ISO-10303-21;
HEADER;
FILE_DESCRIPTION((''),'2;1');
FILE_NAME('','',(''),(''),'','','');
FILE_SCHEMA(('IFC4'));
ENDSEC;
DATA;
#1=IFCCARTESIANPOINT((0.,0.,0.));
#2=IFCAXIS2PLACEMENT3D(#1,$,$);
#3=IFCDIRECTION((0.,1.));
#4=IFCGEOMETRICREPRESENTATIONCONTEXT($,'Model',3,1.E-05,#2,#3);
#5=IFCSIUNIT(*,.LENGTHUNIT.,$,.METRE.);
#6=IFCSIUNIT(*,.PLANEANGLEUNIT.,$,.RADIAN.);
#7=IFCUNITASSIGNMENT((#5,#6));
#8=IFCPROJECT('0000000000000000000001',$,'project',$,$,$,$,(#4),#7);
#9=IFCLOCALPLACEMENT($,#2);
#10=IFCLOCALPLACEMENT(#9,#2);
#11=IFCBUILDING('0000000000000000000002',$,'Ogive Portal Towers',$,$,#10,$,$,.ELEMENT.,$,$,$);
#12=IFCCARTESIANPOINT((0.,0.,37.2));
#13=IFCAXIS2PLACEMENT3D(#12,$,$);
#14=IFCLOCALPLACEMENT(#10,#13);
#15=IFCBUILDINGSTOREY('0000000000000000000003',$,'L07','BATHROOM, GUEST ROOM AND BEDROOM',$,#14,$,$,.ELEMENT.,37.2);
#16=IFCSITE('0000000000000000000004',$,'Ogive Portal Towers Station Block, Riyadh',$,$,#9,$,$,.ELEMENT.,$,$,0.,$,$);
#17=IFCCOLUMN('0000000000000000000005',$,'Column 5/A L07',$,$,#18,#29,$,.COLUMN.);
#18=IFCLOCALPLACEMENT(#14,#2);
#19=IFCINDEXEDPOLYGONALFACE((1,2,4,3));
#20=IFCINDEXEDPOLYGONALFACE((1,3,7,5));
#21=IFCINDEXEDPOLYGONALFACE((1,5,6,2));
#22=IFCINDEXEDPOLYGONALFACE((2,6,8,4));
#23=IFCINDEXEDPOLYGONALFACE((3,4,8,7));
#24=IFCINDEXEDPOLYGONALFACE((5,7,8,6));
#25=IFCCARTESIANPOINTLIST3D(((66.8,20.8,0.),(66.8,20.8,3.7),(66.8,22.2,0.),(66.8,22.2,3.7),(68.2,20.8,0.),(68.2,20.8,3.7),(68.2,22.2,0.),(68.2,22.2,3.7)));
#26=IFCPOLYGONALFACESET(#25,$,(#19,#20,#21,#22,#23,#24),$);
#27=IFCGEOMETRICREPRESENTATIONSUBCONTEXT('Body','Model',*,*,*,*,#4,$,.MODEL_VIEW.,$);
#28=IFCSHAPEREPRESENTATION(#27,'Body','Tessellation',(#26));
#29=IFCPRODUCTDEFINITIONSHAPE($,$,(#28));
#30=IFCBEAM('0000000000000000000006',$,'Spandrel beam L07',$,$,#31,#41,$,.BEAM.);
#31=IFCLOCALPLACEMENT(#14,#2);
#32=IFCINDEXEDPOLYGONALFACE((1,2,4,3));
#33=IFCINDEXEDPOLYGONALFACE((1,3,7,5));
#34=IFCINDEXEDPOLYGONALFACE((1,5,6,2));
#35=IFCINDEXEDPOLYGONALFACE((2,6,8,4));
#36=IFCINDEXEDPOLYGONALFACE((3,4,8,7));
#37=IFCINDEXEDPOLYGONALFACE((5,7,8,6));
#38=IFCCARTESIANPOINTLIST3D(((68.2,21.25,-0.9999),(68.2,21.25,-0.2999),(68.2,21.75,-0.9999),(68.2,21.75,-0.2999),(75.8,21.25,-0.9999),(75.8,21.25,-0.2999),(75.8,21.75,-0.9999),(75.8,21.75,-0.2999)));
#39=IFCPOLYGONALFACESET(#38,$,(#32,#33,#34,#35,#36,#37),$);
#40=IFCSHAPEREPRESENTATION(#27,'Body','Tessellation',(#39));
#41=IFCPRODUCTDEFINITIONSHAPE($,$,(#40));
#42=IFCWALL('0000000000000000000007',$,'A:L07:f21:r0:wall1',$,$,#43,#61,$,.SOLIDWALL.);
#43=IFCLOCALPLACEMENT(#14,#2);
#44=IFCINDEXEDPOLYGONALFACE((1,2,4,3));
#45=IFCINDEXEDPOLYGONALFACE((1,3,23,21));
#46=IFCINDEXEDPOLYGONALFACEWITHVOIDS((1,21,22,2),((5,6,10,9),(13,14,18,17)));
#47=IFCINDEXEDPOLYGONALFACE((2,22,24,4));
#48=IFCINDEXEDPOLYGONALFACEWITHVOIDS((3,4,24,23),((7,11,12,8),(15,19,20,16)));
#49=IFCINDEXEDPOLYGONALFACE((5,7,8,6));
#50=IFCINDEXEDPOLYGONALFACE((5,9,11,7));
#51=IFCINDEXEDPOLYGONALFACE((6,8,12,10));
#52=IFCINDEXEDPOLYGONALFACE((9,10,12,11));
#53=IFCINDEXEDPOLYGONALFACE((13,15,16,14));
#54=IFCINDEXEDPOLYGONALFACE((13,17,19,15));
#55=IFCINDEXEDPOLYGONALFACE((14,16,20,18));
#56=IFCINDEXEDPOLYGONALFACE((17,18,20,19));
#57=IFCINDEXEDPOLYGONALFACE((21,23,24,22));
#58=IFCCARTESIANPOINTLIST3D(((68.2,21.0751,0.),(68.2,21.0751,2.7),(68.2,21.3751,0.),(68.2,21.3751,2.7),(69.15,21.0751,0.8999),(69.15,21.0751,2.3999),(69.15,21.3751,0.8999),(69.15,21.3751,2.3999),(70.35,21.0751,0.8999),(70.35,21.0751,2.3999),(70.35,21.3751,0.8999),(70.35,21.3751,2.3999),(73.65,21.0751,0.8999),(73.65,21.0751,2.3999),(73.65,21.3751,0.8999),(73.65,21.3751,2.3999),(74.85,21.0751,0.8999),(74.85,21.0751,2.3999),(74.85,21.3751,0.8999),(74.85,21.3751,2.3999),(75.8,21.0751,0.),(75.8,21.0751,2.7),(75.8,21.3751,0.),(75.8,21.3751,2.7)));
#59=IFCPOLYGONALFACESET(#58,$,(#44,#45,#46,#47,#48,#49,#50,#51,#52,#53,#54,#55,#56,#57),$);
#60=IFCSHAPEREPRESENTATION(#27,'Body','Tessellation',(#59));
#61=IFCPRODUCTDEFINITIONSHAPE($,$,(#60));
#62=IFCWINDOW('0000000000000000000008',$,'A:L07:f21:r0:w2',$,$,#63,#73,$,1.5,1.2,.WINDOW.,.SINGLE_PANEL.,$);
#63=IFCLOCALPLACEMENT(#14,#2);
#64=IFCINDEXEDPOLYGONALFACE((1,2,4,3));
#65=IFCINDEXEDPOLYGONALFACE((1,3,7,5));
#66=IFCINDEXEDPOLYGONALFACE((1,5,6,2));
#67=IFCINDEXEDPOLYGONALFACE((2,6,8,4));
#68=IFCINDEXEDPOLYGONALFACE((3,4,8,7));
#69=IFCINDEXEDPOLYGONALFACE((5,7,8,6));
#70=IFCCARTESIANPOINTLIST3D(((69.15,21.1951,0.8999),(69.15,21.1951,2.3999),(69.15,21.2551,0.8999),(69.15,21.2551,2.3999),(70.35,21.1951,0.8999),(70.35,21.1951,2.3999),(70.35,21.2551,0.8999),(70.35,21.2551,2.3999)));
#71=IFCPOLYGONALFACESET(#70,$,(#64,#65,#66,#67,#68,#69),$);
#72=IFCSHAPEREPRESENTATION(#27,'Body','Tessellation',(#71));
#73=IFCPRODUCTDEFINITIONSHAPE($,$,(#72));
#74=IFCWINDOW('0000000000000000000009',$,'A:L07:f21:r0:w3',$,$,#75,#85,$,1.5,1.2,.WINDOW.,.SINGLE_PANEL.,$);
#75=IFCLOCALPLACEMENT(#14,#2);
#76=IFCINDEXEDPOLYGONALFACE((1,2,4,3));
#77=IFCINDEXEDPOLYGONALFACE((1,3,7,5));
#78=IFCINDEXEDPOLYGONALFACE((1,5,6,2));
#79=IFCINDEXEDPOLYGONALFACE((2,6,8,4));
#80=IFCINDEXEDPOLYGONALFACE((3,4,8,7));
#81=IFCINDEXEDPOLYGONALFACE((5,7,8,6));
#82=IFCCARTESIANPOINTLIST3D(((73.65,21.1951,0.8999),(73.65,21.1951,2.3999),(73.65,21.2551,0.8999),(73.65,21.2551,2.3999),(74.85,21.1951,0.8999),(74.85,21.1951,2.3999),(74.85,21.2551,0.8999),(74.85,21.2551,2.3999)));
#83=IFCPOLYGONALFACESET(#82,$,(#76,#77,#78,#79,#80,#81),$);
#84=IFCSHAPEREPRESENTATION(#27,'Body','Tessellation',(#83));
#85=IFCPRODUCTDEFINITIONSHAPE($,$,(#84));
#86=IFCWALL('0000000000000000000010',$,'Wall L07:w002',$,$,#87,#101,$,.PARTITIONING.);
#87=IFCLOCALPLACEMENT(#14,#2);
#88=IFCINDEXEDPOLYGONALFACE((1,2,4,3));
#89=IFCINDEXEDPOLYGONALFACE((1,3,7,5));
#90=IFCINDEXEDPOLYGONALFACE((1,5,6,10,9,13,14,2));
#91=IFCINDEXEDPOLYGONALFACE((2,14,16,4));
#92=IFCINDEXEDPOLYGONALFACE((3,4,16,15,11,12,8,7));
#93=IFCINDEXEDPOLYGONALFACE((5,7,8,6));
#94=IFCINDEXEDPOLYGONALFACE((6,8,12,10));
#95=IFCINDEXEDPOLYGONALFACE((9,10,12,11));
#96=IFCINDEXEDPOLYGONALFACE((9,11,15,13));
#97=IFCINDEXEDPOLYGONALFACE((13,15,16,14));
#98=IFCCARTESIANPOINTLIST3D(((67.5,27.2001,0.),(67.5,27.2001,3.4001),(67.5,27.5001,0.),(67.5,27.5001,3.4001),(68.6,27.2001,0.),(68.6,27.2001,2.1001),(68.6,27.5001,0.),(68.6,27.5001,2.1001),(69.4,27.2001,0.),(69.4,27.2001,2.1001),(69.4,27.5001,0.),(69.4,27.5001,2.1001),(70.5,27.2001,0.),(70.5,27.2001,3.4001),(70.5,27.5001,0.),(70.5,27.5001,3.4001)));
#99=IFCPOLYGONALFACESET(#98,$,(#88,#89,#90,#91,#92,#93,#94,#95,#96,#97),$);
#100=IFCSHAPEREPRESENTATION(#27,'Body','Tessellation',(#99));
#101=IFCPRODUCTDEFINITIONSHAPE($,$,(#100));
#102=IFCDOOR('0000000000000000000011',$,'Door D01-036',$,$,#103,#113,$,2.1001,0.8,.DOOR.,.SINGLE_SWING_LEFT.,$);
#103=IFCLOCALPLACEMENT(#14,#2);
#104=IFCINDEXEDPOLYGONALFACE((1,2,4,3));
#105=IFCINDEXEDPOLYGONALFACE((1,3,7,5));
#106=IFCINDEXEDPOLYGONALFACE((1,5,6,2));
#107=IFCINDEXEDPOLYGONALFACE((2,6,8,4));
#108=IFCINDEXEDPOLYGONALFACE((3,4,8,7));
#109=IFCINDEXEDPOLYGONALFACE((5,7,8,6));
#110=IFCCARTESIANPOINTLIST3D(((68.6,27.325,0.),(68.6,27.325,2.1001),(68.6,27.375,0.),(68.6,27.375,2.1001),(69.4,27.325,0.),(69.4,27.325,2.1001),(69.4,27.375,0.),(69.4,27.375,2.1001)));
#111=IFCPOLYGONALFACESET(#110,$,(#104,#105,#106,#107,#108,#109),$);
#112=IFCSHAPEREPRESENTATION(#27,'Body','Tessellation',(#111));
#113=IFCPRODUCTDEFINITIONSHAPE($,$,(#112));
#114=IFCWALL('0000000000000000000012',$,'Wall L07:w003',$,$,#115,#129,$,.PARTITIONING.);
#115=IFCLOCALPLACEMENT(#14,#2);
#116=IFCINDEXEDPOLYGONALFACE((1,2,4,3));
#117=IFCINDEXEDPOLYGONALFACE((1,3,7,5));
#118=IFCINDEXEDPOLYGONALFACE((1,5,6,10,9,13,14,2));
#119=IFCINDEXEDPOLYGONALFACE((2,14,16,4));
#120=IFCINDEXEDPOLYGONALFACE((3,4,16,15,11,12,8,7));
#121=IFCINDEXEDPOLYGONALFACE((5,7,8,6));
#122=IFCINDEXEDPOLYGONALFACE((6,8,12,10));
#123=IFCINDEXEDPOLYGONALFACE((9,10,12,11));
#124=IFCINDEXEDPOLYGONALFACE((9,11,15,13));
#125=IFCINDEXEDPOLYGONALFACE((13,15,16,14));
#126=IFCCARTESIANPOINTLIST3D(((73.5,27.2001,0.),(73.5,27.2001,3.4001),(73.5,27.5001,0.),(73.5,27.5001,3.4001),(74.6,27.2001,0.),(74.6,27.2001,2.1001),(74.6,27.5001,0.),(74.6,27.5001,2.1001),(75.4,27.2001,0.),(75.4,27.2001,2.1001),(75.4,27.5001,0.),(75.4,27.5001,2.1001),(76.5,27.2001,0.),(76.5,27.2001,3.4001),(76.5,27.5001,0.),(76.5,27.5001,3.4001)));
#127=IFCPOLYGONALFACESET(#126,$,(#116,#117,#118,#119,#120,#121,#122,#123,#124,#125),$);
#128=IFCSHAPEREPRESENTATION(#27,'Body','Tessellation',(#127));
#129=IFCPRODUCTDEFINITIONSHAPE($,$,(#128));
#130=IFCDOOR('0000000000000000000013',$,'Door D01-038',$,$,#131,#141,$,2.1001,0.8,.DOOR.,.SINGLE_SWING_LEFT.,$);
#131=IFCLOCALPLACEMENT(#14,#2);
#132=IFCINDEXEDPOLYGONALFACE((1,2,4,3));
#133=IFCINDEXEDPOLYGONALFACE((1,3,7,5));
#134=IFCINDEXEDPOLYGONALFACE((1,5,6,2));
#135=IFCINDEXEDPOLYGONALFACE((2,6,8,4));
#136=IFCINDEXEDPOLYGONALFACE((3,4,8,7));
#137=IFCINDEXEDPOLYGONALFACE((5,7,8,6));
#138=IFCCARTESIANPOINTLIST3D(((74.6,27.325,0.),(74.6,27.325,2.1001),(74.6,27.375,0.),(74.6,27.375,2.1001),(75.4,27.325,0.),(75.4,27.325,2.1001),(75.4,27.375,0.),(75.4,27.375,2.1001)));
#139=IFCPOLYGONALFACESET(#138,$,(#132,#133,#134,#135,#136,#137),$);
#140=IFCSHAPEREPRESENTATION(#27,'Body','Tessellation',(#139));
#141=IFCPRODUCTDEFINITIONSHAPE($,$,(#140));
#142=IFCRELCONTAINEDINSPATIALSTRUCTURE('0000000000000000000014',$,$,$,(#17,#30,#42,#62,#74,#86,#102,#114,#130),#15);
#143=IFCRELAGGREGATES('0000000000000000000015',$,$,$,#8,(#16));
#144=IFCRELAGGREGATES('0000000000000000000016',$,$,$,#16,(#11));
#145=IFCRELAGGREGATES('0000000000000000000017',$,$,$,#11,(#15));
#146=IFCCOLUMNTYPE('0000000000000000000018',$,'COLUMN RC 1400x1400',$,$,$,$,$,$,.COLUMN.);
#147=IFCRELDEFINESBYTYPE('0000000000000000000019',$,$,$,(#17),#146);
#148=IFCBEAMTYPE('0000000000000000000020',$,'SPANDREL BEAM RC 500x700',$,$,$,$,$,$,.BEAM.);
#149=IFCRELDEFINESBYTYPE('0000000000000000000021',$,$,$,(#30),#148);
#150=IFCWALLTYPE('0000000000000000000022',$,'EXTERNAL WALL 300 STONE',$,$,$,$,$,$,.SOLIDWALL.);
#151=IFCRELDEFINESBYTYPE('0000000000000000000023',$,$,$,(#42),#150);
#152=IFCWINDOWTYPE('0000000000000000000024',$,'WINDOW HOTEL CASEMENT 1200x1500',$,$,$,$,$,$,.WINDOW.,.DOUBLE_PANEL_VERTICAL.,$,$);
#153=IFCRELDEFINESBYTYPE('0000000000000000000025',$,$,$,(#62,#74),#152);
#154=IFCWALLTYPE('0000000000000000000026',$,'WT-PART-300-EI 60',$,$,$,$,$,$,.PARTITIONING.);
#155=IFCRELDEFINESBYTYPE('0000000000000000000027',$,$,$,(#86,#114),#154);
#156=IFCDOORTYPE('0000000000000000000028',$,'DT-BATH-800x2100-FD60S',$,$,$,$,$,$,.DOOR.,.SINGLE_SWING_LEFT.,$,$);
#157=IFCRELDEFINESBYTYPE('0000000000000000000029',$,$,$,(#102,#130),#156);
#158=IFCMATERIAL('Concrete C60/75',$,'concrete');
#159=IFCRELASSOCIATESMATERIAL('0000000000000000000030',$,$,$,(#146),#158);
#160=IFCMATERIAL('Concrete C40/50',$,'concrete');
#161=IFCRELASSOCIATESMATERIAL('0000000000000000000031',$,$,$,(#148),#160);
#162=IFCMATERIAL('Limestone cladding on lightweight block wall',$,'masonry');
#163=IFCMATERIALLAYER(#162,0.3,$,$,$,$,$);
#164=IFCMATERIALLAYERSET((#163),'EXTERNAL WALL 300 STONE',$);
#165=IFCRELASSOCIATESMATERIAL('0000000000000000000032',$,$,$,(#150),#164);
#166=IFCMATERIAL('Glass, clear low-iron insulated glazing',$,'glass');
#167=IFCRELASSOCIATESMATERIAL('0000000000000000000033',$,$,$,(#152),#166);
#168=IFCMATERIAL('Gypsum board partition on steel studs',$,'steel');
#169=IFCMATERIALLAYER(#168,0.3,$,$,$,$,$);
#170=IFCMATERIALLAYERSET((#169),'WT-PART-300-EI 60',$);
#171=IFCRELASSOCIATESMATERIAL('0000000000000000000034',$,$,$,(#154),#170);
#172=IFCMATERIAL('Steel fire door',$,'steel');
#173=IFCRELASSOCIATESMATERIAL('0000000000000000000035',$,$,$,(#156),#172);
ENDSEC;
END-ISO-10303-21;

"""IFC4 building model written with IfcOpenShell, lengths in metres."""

from ifc_helpers import new_model, si_unit, direction, frame, frame_2d, origin, origin_2d, place, context, subcontext, project, spatial, rectangle, extrude, material, layer, layer_set, material_profile, profile_set, type_object, element, fill, save


model = new_model("IFC4")

# Units and contexts
model_context = context("Model", 3, precision=1e-05, world=origin(), true_north=direction((0.0, 1.0)))
body_context = subcontext(model_context, "Body", "Model", "MODEL_VIEW")
ifc_project = project(units=[si_unit("LENGTHUNIT", "METRE"), si_unit("PLANEANGLEUNIT", "RADIAN")], contexts=[model_context])

# Site, building, storey
site_placement = place(None, origin())
site = spatial("IfcSite", under=ifc_project, at=site_placement, Name="Ogive Portal Towers Station Block, Riyadh", CompositionType="ELEMENT", RefElevation=0.0)
building_placement = place(site_placement, origin())
building = spatial("IfcBuilding", under=site, at=building_placement, Name="Ogive Portal Towers", CompositionType="ELEMENT")
storey_placement = place(building_placement, frame((0.0, 0.0, 37.2)))
storey = spatial("IfcBuildingStorey", under=building, at=storey_placement, Name="L07", Description="BATHROOM, GUEST ROOM AND BEDROOM", CompositionType="ELEMENT", Elevation=37.2)

# Column
ifc_material_1 = material(Name="Concrete C60/75", Category="concrete")
ifc_material_profile_1 = material_profile(ifc_material_1, rectangle(XDim=1.3999, YDim=1.3999, at=origin_2d()), Name="RC 1400x1400")
ifc_profile_set_1 = profile_set([ifc_material_profile_1], Name="Concrete C60/75")
column_type = type_object("IfcColumnType", Name="COLUMN RC 1400x1400", PredefinedType="COLUMN", material=ifc_profile_set_1)
column_placement = place(storey_placement, frame((67.5, 21.5, 0.0), z_axis=(0.0, 0.0, 1.0), x_axis=(1.0, 0.0, 0.0)))
element("IfcColumn", 1, at=column_placement, inside=storey, type_object=column_type, Name="Column 5/A L07", PredefinedType="COLUMN", context=body_context, shape_type="SweptSolid", body=[
    extrude(rectangle(XDim=1.3999, YDim=1.3999, at=origin_2d()), origin(), (0.0, 0.0, 1.0), 3.7),
])

# Beam
ifc_material_2 = material(Name="Concrete C40/50", Category="concrete")
ifc_material_profile_2 = material_profile(ifc_material_2, rectangle(XDim=0.5, YDim=0.7, at=origin_2d()), Name="RC 500x700")
ifc_profile_set_2 = profile_set([ifc_material_profile_2], Name="Concrete C40/50")
beam_type = type_object("IfcBeamType", Name="SPANDREL BEAM RC 500x700", PredefinedType="BEAM", material=ifc_profile_set_2)
beam_placement = place(storey_placement, frame((75.8, 21.5, -0.6499), z_axis=(-1.0, 0.0, 0.0), x_axis=(0.0, -1.0, 0.0)))
element("IfcBeam", 2, at=beam_placement, inside=storey, type_object=beam_type, Name="Spandrel beam L07", PredefinedType="BEAM", context=body_context, shape_type="SweptSolid", body=[
    extrude(rectangle(XDim=0.5, YDim=0.7, at=origin_2d()), origin(), (0.0, 0.0, 1.0), 7.6001),
])

# Wall, openings, windows
ifc_material_3 = material(Name="Limestone cladding on lightweight block wall", Category="masonry")
ifc_layer_1 = layer(ifc_material_3, 0.3)
ifc_layer_set_1 = layer_set([ifc_layer_1], Name="EXTERNAL WALL 300 STONE")
wall_type_1 = type_object("IfcWallType", Name="EXTERNAL WALL 300 STONE", PredefinedType="SOLIDWALL", material=ifc_layer_set_1)
wall_1_placement = place(storey_placement, frame((68.2, 21.2251, 0.0), z_axis=(0.0, 0.0, 1.0), x_axis=(1.0, 0.0, 0.0)))
wall_1 = element("IfcWall", 3, at=wall_1_placement, inside=storey, type_object=wall_type_1, Name="A:L07:f21:r0:wall1", PredefinedType="SOLIDWALL", context=body_context, shape_type="SweptSolid", body=[
    extrude(rectangle(XDim=7.6001, YDim=0.3, at=frame_2d((3.8, 0.0))), origin(), (0.0, 0.0, 1.0), 2.7),
])
opening_1_placement = place(wall_1_placement, frame((0.95, 0.0, 0.8999)))
opening_1 = element("IfcOpeningElement", 4, at=opening_1_placement, cuts=wall_1, PredefinedType="OPENING", context=body_context, shape_type="SweptSolid", body=[
    extrude(rectangle(XDim=1.2, YDim=1.5, at=frame_2d((0.6001, 0.75))), frame((0.0, 0.1602, 0.0), z_axis=(0.0, -1.0, 0.0), x_axis=(1.0, 0.0, 0.0)), (0.0, 0.0, 1.0), 0.3201),
])
opening_2_placement = place(wall_1_placement, frame((5.45, 0.0, 0.8999)))
opening_2 = element("IfcOpeningElement", 5, at=opening_2_placement, cuts=wall_1, PredefinedType="OPENING", context=body_context, shape_type="SweptSolid", body=[
    extrude(rectangle(XDim=1.2, YDim=1.5, at=frame_2d((0.6001, 0.75))), frame((0.0, 0.1602, 0.0), z_axis=(0.0, -1.0, 0.0), x_axis=(1.0, 0.0, 0.0)), (0.0, 0.0, 1.0), 0.3201),
])
ifc_material_4 = material(Name="Glass, clear low-iron insulated glazing", Category="glass")
window_type = type_object("IfcWindowType", Name="WINDOW HOTEL CASEMENT 1200x1500", PartitioningType="DOUBLE_PANEL_VERTICAL", PredefinedType="WINDOW", material=ifc_material_4)
window_1_placement = place(opening_1_placement, origin())
window_1 = element("IfcWindow", 6, at=window_1_placement, inside=storey, type_object=window_type, Name="A:L07:f21:r0:w2", OverallHeight=1.5, OverallWidth=1.2, PartitioningType="SINGLE_PANEL", PredefinedType="WINDOW", context=body_context, shape_type="SweptSolid", body=[
    extrude(rectangle(XDim=1.2, YDim=1.5, at=frame_2d((0.6001, 0.75))), frame((0.0, 0.03, 0.0), z_axis=(0.0, -1.0, 0.0), x_axis=(1.0, 0.0, 0.0)), (0.0, 0.0, 1.0), 0.0601),
])
fill(opening_1, window_1)
window_2_placement = place(opening_2_placement, origin())
window_2 = element("IfcWindow", 7, at=window_2_placement, inside=storey, type_object=window_type, Name="A:L07:f21:r0:w3", OverallHeight=1.5, OverallWidth=1.2, PartitioningType="SINGLE_PANEL", PredefinedType="WINDOW", context=body_context, shape_type="SweptSolid", body=[
    extrude(rectangle(XDim=1.2, YDim=1.5, at=frame_2d((0.6001, 0.75))), frame((0.0, 0.03, 0.0), z_axis=(0.0, -1.0, 0.0), x_axis=(1.0, 0.0, 0.0)), (0.0, 0.0, 1.0), 0.0601),
])
fill(opening_2, window_2)

# Walls, openings, doors
ifc_material_5 = material(Name="Gypsum board partition on steel studs", Category="steel")
ifc_layer_2 = layer(ifc_material_5, 0.3)
ifc_layer_set_2 = layer_set([ifc_layer_2], Name="WT-PART-300-EI 60")
wall_type_2 = type_object("IfcWallType", Name="WT-PART-300-EI 60", PredefinedType="PARTITIONING", material=ifc_layer_set_2)
wall_2_placement = place(storey_placement, frame((67.5, 27.3501, 0.0), z_axis=(0.0, 0.0, 1.0), x_axis=(1.0, 0.0, 0.0)))
wall_2 = element("IfcWall", 8, at=wall_2_placement, inside=storey, type_object=wall_type_2, Name="Wall L07:w002", PredefinedType="PARTITIONING", context=body_context, shape_type="SweptSolid", body=[
    extrude(rectangle(XDim=3.0, YDim=0.3, at=frame_2d((1.5, 0.0))), origin(), (0.0, 0.0, 1.0), 3.4001),
])
opening_3_placement = place(wall_2_placement, frame((1.1001, 0.0, 0.0)))
opening_3 = element("IfcOpeningElement", 9, at=opening_3_placement, cuts=wall_2, PredefinedType="OPENING", context=body_context, shape_type="SweptSolid", body=[
    extrude(rectangle(XDim=0.8, YDim=2.1001, at=frame_2d((0.3999, 1.05))), frame((0.0, 0.1602, 0.0), z_axis=(0.0, -1.0, 0.0), x_axis=(1.0, 0.0, 0.0)), (0.0, 0.0, 1.0), 0.3201),
])
ifc_material_6 = material(Name="Steel fire door", Category="steel")
door_type = type_object("IfcDoorType", Name="DT-BATH-800x2100-FD60S", OperationType="SINGLE_SWING_LEFT", PredefinedType="DOOR", material=ifc_material_6)
door_1_placement = place(opening_3_placement, origin())
door_1 = element("IfcDoor", 10, at=door_1_placement, inside=storey, type_object=door_type, Name="Door D01-036", OperationType="SINGLE_SWING_LEFT", OverallHeight=2.1001, OverallWidth=0.8, PredefinedType="DOOR", context=body_context, shape_type="SweptSolid", body=[
    extrude(rectangle(XDim=0.8, YDim=2.1001, at=frame_2d((0.3999, 1.05))), frame((0.0, 0.0249, 0.0), z_axis=(0.0, -1.0, 0.0), x_axis=(1.0, 0.0, 0.0)), (0.0, 0.0, 1.0), 0.05),
])
fill(opening_3, door_1)
wall_3_placement = place(storey_placement, frame((73.5, 27.3501, 0.0), z_axis=(0.0, 0.0, 1.0), x_axis=(1.0, 0.0, 0.0)))
wall_3 = element("IfcWall", 11, at=wall_3_placement, inside=storey, type_object=wall_type_2, Name="Wall L07:w003", PredefinedType="PARTITIONING", context=body_context, shape_type="SweptSolid", body=[
    extrude(rectangle(XDim=3.0, YDim=0.3, at=frame_2d((1.5, 0.0))), origin(), (0.0, 0.0, 1.0), 3.4001),
])
opening_4_placement = place(wall_3_placement, frame((1.1001, 0.0, 0.0)))
opening_4 = element("IfcOpeningElement", 12, at=opening_4_placement, cuts=wall_3, PredefinedType="OPENING", context=body_context, shape_type="SweptSolid", body=[
    extrude(rectangle(XDim=0.8, YDim=2.1001, at=frame_2d((0.3999, 1.05))), frame((0.0, 0.1602, 0.0), z_axis=(0.0, -1.0, 0.0), x_axis=(1.0, 0.0, 0.0)), (0.0, 0.0, 1.0), 0.3201),
])
door_2_placement = place(opening_4_placement, origin())
door_2 = element("IfcDoor", 13, at=door_2_placement, inside=storey, type_object=door_type, Name="Door D01-038", OperationType="SINGLE_SWING_LEFT", OverallHeight=2.1001, OverallWidth=0.8, PredefinedType="DOOR", context=body_context, shape_type="SweptSolid", body=[
    extrude(rectangle(XDim=0.8, YDim=2.1001, at=frame_2d((0.3999, 1.05))), frame((0.0, 0.0249, 0.0), z_axis=(0.0, -1.0, 0.0), x_axis=(1.0, 0.0, 0.0)), (0.0, 0.0, 1.0), 0.05),
])
fill(opening_4, door_2)

save(model, "model.ifc")
